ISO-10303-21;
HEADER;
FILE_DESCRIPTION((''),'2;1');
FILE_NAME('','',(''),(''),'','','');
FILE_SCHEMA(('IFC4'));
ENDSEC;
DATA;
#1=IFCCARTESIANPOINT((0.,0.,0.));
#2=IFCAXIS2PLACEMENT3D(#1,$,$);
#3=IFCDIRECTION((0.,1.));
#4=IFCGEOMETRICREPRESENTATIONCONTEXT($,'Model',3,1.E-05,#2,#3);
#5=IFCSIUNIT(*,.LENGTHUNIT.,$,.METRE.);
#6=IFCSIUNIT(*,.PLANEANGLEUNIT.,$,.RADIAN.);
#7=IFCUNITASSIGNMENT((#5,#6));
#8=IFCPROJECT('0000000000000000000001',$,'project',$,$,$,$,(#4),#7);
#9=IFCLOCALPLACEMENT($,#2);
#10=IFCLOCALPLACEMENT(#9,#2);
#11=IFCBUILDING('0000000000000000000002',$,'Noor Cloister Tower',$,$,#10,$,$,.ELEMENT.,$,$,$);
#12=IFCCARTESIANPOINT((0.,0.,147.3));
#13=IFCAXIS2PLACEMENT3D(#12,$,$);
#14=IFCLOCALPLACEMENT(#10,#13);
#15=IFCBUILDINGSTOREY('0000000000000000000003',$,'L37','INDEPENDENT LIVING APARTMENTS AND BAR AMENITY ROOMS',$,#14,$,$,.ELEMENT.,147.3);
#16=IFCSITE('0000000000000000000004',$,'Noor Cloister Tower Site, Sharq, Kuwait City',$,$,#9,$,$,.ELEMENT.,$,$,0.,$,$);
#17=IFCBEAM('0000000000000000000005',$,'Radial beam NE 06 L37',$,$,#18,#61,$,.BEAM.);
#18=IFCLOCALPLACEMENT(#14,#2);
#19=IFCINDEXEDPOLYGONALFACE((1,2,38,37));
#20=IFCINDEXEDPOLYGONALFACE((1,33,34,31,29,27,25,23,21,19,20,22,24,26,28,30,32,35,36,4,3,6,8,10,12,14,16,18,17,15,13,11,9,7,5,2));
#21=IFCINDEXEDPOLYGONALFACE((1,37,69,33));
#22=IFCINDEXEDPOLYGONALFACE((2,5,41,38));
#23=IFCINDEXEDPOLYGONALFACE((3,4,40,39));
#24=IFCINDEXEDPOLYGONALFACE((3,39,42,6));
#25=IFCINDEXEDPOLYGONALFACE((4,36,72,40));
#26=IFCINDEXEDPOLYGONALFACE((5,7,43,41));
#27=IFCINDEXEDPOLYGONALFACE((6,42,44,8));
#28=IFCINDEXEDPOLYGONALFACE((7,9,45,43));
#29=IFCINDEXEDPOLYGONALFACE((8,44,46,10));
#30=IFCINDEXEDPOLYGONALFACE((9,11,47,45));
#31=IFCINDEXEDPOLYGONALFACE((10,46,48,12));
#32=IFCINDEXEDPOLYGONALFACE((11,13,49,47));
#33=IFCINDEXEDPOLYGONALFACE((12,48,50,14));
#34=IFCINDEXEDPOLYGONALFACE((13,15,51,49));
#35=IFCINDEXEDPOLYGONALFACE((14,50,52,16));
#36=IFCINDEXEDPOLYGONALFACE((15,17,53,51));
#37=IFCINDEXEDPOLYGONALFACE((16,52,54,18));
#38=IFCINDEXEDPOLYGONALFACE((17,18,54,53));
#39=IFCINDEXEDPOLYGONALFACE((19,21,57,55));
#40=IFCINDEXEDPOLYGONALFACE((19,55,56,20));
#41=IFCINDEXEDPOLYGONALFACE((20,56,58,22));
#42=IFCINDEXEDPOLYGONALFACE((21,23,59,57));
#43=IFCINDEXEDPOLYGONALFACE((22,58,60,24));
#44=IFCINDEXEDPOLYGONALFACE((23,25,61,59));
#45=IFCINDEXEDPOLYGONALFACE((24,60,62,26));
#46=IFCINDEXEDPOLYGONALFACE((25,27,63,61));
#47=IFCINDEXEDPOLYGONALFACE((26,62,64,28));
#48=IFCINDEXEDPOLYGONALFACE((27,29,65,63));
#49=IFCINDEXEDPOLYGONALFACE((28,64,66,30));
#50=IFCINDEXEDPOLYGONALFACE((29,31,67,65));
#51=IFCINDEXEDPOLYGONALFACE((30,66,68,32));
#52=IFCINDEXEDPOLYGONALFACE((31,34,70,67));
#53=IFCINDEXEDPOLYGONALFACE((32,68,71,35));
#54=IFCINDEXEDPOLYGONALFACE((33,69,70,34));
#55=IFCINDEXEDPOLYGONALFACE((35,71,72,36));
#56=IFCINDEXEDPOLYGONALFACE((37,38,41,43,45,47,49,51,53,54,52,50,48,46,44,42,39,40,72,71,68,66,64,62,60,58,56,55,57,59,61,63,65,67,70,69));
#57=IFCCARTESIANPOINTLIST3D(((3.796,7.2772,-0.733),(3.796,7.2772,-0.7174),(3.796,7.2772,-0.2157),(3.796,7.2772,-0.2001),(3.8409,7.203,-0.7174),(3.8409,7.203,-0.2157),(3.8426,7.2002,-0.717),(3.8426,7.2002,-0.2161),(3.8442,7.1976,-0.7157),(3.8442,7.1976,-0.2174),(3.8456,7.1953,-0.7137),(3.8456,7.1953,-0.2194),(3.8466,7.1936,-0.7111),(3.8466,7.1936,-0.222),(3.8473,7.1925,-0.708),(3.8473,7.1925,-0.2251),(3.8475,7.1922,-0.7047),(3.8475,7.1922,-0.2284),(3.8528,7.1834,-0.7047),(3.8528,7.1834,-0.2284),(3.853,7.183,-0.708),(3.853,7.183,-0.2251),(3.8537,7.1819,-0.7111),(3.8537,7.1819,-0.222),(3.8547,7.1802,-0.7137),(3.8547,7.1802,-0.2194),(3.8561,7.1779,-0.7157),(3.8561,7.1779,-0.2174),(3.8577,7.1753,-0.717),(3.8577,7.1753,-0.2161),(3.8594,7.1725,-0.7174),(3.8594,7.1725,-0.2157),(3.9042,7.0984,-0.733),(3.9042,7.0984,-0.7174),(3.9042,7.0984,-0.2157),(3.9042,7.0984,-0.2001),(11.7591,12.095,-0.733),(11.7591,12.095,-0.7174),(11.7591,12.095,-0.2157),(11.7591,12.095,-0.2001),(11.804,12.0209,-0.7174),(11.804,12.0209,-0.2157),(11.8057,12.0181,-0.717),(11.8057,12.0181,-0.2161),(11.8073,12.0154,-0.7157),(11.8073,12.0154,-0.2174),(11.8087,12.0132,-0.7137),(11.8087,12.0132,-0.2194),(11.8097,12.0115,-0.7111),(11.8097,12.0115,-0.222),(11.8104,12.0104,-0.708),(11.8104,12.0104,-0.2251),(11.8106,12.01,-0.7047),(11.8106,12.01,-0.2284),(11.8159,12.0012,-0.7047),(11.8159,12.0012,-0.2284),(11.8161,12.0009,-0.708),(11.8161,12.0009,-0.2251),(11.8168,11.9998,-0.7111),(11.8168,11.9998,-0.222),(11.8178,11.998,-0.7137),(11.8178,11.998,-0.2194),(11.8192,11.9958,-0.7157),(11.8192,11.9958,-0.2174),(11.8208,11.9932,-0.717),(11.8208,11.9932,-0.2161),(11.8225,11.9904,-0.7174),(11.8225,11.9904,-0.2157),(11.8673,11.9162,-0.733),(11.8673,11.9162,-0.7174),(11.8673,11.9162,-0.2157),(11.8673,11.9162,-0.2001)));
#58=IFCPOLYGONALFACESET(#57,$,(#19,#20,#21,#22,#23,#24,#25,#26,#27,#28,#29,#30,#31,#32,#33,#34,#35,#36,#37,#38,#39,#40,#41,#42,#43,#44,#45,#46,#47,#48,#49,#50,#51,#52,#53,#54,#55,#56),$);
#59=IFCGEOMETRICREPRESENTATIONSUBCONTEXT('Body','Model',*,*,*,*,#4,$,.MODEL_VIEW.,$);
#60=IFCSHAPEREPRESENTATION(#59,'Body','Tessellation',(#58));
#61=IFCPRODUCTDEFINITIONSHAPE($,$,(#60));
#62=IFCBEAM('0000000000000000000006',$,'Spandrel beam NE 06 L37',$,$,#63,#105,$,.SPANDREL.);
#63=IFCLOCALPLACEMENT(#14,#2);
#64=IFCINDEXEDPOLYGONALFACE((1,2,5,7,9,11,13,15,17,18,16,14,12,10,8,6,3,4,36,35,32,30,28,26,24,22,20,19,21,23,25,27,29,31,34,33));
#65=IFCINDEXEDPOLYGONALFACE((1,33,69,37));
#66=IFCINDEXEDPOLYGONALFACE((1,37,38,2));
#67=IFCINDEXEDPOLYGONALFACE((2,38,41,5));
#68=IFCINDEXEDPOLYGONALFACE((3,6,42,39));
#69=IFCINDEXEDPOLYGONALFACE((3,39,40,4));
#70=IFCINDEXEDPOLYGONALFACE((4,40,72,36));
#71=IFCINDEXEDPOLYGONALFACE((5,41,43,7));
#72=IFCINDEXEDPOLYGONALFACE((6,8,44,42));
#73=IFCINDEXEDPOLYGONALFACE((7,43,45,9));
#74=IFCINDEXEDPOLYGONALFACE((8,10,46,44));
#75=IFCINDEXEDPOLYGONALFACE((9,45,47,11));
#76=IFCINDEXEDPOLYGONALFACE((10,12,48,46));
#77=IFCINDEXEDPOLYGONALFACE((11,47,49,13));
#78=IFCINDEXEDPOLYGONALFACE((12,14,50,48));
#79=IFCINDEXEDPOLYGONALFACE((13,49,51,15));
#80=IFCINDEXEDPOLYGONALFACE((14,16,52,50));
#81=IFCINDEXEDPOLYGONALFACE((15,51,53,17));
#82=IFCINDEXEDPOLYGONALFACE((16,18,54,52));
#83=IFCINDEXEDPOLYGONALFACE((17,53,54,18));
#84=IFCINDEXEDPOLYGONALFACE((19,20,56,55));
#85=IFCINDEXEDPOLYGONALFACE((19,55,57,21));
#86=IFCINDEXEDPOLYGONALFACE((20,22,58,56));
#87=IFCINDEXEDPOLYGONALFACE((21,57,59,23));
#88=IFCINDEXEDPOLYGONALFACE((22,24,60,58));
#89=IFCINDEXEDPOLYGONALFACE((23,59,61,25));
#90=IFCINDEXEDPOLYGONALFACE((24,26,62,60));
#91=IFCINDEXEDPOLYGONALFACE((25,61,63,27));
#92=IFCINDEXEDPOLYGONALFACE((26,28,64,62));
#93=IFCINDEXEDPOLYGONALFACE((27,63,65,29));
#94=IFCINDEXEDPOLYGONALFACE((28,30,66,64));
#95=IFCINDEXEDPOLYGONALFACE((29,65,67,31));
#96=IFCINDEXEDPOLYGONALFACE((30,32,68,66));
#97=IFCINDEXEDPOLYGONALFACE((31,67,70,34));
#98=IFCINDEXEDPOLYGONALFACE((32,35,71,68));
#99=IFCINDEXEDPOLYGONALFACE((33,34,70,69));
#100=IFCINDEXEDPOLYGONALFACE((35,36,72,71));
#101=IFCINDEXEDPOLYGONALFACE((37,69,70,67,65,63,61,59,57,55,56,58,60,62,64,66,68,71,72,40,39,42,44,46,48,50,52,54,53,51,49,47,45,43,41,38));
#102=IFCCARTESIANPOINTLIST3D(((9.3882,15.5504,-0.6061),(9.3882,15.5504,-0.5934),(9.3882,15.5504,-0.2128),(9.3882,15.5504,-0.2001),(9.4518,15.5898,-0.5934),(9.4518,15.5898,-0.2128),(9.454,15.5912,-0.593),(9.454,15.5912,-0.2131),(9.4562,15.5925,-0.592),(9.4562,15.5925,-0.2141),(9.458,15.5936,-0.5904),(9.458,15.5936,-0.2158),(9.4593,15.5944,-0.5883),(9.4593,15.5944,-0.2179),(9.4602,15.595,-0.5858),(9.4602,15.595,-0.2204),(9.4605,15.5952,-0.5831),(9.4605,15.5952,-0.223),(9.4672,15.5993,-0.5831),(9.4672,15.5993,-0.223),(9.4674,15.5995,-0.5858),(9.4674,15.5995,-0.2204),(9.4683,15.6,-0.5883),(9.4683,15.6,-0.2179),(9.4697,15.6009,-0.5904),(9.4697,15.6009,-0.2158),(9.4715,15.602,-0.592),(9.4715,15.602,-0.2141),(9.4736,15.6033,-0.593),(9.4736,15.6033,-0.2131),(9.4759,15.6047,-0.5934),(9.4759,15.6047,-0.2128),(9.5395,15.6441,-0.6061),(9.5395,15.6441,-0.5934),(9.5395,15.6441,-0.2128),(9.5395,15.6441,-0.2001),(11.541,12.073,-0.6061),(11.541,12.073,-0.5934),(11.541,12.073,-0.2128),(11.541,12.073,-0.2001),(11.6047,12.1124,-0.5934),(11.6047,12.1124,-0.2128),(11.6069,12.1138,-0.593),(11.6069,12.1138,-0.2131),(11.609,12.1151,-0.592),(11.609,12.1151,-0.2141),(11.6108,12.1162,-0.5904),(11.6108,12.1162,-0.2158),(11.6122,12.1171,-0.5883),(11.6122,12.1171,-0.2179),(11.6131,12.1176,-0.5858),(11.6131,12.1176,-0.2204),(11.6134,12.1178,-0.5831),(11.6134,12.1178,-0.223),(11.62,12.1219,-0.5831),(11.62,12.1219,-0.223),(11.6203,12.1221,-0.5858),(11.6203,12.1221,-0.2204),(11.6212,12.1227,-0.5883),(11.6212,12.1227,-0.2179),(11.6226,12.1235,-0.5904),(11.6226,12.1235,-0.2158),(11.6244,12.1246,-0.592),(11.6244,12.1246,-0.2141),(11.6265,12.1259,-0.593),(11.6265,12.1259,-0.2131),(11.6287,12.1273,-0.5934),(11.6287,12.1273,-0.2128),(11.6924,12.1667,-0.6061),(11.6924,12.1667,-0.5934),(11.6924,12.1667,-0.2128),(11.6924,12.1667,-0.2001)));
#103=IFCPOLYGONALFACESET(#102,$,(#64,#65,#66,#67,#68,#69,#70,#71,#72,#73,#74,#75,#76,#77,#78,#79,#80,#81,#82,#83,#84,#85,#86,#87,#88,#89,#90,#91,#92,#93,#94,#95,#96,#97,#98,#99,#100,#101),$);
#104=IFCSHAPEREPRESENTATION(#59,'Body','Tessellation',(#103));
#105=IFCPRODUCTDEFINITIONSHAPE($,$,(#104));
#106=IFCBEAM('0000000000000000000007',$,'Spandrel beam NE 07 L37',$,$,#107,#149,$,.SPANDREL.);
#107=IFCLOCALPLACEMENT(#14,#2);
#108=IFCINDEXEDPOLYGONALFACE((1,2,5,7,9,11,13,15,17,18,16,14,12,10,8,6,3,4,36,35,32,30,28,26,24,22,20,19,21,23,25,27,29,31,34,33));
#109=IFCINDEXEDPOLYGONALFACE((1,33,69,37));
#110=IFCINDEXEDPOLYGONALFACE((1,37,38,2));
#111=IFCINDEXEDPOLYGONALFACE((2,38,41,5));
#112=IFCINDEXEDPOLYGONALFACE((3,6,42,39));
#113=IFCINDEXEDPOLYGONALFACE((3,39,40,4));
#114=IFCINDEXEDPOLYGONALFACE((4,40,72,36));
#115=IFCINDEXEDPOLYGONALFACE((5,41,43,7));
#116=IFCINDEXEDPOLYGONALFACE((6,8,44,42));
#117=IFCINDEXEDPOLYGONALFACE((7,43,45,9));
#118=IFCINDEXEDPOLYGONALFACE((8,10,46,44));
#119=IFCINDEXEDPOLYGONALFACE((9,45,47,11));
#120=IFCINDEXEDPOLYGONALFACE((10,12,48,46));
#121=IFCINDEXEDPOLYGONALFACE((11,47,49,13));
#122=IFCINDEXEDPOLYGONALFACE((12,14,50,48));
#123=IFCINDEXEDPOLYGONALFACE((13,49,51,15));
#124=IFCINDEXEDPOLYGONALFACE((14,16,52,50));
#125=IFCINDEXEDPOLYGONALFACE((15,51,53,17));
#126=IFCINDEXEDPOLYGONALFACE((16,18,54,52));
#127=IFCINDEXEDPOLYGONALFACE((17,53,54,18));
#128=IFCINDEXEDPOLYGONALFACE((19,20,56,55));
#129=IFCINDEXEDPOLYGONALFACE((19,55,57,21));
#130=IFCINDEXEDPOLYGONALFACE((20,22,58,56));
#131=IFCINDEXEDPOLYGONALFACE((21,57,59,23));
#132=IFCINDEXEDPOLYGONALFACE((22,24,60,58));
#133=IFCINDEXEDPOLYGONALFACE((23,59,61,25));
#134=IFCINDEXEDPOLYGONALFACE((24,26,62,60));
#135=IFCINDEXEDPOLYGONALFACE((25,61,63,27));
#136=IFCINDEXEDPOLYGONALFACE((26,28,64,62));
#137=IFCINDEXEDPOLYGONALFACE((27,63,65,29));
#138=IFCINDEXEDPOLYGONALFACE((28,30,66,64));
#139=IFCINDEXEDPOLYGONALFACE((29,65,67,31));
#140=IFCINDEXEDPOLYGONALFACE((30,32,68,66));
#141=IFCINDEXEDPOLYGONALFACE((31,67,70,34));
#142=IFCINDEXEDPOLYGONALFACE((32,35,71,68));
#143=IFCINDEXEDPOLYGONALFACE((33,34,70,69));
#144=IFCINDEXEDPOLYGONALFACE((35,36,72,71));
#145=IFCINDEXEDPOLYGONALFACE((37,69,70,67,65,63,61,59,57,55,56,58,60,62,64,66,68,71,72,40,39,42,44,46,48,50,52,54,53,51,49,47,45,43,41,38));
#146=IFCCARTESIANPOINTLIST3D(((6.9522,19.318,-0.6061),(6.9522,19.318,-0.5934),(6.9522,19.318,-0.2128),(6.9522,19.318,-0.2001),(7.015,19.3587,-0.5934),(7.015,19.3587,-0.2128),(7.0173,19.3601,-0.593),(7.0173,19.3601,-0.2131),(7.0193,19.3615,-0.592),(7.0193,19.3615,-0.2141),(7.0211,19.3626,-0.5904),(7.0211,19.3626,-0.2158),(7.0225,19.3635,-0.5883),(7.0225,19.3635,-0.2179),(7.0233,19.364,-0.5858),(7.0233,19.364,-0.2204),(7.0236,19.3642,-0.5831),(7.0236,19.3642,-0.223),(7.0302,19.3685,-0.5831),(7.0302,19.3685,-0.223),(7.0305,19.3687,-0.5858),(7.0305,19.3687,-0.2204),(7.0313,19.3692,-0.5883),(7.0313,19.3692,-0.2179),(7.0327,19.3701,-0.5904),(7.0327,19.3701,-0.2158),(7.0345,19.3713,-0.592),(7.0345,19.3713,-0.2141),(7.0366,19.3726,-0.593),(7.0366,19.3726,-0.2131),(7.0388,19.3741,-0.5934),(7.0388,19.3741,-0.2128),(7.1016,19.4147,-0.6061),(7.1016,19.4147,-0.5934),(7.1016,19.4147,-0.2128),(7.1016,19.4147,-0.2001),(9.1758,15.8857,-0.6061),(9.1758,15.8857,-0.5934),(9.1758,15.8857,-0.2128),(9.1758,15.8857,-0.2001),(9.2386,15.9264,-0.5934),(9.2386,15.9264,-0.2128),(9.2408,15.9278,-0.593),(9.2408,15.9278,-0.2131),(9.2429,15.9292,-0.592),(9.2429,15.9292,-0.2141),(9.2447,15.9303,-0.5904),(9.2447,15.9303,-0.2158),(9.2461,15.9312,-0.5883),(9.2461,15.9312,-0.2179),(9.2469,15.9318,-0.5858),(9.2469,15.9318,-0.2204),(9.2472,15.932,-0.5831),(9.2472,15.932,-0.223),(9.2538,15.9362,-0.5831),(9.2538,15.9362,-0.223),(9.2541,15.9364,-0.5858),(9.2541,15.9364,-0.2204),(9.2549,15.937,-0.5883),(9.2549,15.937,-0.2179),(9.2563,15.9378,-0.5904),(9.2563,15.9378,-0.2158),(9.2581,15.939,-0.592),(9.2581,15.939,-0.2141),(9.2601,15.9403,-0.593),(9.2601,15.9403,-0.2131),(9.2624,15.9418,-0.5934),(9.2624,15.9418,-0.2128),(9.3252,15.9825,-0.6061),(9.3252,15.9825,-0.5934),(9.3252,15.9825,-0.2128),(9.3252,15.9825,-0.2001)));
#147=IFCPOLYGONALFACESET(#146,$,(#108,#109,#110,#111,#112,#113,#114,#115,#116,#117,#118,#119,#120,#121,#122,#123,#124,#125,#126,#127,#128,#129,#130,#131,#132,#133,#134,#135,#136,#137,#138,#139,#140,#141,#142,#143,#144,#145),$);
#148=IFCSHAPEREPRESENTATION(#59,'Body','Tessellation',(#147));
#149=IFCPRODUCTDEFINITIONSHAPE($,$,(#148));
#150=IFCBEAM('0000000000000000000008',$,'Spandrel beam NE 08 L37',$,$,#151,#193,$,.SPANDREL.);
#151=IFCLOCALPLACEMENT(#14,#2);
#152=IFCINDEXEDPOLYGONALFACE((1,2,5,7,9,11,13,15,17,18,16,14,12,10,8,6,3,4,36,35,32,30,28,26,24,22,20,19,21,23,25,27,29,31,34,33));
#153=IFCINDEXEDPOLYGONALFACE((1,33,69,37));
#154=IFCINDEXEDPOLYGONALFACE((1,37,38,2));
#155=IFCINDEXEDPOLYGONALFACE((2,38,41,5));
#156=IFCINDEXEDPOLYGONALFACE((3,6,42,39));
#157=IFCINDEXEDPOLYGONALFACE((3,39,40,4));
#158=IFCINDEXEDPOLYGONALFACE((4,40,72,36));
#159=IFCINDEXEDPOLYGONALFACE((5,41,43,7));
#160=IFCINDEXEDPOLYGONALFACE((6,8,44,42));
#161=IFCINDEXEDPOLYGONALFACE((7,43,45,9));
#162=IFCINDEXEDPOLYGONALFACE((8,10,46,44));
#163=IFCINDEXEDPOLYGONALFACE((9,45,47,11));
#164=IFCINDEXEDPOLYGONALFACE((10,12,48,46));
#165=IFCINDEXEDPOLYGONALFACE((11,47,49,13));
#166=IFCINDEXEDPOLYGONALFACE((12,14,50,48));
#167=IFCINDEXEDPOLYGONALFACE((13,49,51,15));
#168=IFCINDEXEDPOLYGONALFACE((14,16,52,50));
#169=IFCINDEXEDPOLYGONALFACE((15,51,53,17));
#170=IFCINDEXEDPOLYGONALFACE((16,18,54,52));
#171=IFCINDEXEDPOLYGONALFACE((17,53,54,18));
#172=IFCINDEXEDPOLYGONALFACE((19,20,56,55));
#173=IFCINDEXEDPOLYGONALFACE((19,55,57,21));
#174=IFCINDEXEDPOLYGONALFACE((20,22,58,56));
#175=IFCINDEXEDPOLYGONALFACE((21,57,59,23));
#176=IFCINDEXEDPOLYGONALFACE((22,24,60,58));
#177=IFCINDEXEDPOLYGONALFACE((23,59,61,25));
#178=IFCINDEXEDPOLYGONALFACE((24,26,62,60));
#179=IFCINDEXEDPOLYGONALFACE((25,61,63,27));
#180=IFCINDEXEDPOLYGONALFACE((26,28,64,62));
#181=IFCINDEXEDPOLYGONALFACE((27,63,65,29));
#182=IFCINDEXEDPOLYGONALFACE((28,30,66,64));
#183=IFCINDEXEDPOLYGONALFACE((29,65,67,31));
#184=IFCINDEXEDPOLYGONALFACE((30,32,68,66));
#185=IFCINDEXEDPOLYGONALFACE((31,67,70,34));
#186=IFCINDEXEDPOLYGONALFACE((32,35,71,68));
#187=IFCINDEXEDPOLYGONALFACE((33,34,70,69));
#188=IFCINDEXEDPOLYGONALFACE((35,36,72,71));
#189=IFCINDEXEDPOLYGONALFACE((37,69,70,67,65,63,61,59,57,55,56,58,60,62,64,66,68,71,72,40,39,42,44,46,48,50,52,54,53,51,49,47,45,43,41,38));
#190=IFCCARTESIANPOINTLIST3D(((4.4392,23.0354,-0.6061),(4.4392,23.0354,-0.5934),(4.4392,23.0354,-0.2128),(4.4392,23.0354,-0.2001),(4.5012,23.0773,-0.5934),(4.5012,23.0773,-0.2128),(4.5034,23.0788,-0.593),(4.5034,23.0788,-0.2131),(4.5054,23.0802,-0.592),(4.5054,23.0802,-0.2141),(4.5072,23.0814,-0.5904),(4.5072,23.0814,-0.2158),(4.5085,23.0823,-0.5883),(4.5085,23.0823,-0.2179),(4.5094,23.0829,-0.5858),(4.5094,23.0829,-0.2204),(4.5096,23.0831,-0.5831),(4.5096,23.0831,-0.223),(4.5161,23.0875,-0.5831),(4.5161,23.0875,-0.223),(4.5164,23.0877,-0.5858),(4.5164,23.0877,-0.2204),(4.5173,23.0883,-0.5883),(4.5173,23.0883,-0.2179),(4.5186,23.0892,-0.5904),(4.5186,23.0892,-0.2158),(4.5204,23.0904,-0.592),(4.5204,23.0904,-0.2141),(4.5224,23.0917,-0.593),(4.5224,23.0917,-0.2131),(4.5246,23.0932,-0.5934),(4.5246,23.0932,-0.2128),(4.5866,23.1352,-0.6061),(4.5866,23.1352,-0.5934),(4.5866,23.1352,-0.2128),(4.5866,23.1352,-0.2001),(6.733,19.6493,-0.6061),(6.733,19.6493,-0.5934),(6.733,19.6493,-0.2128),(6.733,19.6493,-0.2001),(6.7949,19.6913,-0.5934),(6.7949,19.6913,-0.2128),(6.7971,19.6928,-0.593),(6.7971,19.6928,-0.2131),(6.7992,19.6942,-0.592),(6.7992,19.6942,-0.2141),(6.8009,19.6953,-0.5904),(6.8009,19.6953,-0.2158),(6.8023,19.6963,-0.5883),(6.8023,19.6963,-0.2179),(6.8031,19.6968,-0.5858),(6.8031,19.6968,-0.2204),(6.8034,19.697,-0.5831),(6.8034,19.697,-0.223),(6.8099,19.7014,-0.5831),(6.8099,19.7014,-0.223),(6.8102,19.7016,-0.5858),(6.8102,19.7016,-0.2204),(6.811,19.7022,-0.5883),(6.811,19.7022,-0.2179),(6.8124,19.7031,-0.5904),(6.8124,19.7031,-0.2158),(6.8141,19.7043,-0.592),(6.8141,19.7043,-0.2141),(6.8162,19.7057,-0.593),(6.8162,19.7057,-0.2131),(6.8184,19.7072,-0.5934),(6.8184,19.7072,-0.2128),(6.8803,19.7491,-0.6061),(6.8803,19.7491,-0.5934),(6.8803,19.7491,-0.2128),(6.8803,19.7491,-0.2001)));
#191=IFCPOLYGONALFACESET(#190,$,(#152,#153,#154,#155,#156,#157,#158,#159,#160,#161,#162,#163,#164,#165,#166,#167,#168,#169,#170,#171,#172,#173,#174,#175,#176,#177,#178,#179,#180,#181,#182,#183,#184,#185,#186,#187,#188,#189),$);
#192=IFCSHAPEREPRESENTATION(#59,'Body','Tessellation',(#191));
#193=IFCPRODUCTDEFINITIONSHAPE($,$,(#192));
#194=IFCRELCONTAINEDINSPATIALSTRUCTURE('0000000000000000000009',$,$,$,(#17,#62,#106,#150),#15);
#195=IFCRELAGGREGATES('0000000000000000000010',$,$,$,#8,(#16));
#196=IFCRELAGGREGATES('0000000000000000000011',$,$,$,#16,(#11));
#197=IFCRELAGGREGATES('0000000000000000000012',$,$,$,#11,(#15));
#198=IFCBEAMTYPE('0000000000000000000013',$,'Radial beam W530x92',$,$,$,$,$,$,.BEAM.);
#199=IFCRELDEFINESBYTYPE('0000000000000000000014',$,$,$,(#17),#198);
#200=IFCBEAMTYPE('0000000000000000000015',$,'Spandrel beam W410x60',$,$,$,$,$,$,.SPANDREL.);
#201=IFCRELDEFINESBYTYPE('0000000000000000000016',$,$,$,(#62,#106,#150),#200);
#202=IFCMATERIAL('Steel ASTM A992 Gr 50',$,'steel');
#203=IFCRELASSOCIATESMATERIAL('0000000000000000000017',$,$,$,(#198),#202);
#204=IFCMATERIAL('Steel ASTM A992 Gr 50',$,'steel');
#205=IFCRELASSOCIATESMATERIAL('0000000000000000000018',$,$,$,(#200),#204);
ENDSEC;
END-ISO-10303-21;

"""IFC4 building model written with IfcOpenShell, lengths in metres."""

from ifc_helpers import new_model, si_unit, direction, frame, origin, origin_2d, place, context, subcontext, project, spatial, i_section, extrude, material, material_profile, profile_set, type_object, element, save


model = new_model("IFC4")

# Units and contexts
model_context = context("Model", 3, precision=1e-05, world=origin(), true_north=direction((0.0, 1.0)))
body_context = subcontext(model_context, "Body", "Model", "MODEL_VIEW")
ifc_project = project(units=[si_unit("LENGTHUNIT", "METRE"), si_unit("PLANEANGLEUNIT", "RADIAN")], contexts=[model_context])

# Site, building, storey
site_placement = place(None, origin())
site = spatial("IfcSite", under=ifc_project, at=site_placement, Name="Noor Cloister Tower Site, Sharq, Kuwait City", CompositionType="ELEMENT", RefElevation=0.0)
building_placement = place(site_placement, origin())
building = spatial("IfcBuilding", under=site, at=building_placement, Name="Noor Cloister Tower", CompositionType="ELEMENT")
storey_placement = place(building_placement, frame((0.0, 0.0, 147.3)))
storey = spatial("IfcBuildingStorey", under=building, at=storey_placement, Name="L37", Description="INDEPENDENT LIVING APARTMENTS AND BAR AMENITY ROOMS", CompositionType="ELEMENT", Elevation=147.3)

# Beams
ifc_material_1 = material(Name="Steel ASTM A992 Gr 50", Category="steel")
ifc_material_profile_1 = material_profile(ifc_material_1, i_section(OverallWidth=0.209, OverallDepth=0.533, WebThickness=0.0103, FlangeThickness=0.0156, FilletRadius=0.0127, at=origin_2d()), Name="W530x92")
ifc_profile_set_1 = profile_set([ifc_material_profile_1], Name="Steel ASTM A992 Gr 50")
beam_type_1 = type_object("IfcBeamType", Name="Radial beam W530x92", PredefinedType="BEAM", material=ifc_profile_set_1)
beam_1_placement = place(storey_placement, frame((11.8132, 12.0056, -0.4666), z_axis=(-0.855591, -0.517652, 0.0), x_axis=(0.517652, -0.855591, 0.0)))
element("IfcBeam", 1, at=beam_1_placement, inside=storey, type_object=beam_type_1, Name="Radial beam NE 06 L37", PredefinedType="BEAM", context=body_context, shape_type="SweptSolid", body=[
    extrude(i_section(OverallWidth=0.209, OverallDepth=0.533, WebThickness=0.0103, FlangeThickness=0.0156, FilletRadius=0.0127, at=origin_2d()), origin(), (0.0, 0.0, 1.0), 9.3071),
])
ifc_material_2 = material(Name="Steel ASTM A992 Gr 50", Category="steel")
ifc_material_profile_2 = material_profile(ifc_material_2, i_section(OverallWidth=0.178, OverallDepth=0.406, WebThickness=0.0078, FlangeThickness=0.0127, FilletRadius=0.0103, at=origin_2d()), Name="W410x60")
ifc_profile_set_2 = profile_set([ifc_material_profile_2], Name="Steel ASTM A992 Gr 50")
beam_type_2 = type_object("IfcBeamType", Name="Spandrel beam W410x60", PredefinedType="SPANDREL", material=ifc_profile_set_2)
beam_2_placement = place(storey_placement, frame((11.6167, 12.1199, -0.4031), z_axis=(-0.526394, 0.850241, 0.0), x_axis=(-0.850241, -0.526394, 0.0)))
element("IfcBeam", 2, at=beam_2_placement, inside=storey, type_object=beam_type_2, Name="Spandrel beam NE 06 L37", PredefinedType="SPANDREL", context=body_context, shape_type="SweptSolid", body=[
    extrude(i_section(OverallWidth=0.178, OverallDepth=0.406, WebThickness=0.0078, FlangeThickness=0.0127, FilletRadius=0.0103, at=origin_2d()), origin(), (0.0, 0.0, 1.0), 4.0898),
])
beam_3_placement = place(storey_placement, frame((9.2505, 15.9341, -0.4031), z_axis=(-0.543714, 0.839271, 0.0), x_axis=(-0.839271, -0.543714, 0.0)))
element("IfcBeam", 3, at=beam_3_placement, inside=storey, type_object=beam_type_2, Name="Spandrel beam NE 07 L37", PredefinedType="SPANDREL", context=body_context, shape_type="SweptSolid", body=[
    extrude(i_section(OverallWidth=0.178, OverallDepth=0.406, WebThickness=0.0078, FlangeThickness=0.0127, FilletRadius=0.0103, at=origin_2d()), origin(), (0.0, 0.0, 1.0), 4.0896),
])
beam_4_placement = place(storey_placement, frame((6.8066, 19.6992, -0.4031), z_axis=(-0.560843, 0.827922, 0.0), x_axis=(-0.827922, -0.560843, 0.0)))
element("IfcBeam", 4, at=beam_4_placement, inside=storey, type_object=beam_type_2, Name="Spandrel beam NE 08 L37", PredefinedType="SPANDREL", context=body_context, shape_type="SweptSolid", body=[
    extrude(i_section(OverallWidth=0.178, OverallDepth=0.406, WebThickness=0.0078, FlangeThickness=0.0127, FilletRadius=0.0103, at=origin_2d()), origin(), (0.0, 0.0, 1.0), 4.0898),
])

save(model, "model.ifc")
